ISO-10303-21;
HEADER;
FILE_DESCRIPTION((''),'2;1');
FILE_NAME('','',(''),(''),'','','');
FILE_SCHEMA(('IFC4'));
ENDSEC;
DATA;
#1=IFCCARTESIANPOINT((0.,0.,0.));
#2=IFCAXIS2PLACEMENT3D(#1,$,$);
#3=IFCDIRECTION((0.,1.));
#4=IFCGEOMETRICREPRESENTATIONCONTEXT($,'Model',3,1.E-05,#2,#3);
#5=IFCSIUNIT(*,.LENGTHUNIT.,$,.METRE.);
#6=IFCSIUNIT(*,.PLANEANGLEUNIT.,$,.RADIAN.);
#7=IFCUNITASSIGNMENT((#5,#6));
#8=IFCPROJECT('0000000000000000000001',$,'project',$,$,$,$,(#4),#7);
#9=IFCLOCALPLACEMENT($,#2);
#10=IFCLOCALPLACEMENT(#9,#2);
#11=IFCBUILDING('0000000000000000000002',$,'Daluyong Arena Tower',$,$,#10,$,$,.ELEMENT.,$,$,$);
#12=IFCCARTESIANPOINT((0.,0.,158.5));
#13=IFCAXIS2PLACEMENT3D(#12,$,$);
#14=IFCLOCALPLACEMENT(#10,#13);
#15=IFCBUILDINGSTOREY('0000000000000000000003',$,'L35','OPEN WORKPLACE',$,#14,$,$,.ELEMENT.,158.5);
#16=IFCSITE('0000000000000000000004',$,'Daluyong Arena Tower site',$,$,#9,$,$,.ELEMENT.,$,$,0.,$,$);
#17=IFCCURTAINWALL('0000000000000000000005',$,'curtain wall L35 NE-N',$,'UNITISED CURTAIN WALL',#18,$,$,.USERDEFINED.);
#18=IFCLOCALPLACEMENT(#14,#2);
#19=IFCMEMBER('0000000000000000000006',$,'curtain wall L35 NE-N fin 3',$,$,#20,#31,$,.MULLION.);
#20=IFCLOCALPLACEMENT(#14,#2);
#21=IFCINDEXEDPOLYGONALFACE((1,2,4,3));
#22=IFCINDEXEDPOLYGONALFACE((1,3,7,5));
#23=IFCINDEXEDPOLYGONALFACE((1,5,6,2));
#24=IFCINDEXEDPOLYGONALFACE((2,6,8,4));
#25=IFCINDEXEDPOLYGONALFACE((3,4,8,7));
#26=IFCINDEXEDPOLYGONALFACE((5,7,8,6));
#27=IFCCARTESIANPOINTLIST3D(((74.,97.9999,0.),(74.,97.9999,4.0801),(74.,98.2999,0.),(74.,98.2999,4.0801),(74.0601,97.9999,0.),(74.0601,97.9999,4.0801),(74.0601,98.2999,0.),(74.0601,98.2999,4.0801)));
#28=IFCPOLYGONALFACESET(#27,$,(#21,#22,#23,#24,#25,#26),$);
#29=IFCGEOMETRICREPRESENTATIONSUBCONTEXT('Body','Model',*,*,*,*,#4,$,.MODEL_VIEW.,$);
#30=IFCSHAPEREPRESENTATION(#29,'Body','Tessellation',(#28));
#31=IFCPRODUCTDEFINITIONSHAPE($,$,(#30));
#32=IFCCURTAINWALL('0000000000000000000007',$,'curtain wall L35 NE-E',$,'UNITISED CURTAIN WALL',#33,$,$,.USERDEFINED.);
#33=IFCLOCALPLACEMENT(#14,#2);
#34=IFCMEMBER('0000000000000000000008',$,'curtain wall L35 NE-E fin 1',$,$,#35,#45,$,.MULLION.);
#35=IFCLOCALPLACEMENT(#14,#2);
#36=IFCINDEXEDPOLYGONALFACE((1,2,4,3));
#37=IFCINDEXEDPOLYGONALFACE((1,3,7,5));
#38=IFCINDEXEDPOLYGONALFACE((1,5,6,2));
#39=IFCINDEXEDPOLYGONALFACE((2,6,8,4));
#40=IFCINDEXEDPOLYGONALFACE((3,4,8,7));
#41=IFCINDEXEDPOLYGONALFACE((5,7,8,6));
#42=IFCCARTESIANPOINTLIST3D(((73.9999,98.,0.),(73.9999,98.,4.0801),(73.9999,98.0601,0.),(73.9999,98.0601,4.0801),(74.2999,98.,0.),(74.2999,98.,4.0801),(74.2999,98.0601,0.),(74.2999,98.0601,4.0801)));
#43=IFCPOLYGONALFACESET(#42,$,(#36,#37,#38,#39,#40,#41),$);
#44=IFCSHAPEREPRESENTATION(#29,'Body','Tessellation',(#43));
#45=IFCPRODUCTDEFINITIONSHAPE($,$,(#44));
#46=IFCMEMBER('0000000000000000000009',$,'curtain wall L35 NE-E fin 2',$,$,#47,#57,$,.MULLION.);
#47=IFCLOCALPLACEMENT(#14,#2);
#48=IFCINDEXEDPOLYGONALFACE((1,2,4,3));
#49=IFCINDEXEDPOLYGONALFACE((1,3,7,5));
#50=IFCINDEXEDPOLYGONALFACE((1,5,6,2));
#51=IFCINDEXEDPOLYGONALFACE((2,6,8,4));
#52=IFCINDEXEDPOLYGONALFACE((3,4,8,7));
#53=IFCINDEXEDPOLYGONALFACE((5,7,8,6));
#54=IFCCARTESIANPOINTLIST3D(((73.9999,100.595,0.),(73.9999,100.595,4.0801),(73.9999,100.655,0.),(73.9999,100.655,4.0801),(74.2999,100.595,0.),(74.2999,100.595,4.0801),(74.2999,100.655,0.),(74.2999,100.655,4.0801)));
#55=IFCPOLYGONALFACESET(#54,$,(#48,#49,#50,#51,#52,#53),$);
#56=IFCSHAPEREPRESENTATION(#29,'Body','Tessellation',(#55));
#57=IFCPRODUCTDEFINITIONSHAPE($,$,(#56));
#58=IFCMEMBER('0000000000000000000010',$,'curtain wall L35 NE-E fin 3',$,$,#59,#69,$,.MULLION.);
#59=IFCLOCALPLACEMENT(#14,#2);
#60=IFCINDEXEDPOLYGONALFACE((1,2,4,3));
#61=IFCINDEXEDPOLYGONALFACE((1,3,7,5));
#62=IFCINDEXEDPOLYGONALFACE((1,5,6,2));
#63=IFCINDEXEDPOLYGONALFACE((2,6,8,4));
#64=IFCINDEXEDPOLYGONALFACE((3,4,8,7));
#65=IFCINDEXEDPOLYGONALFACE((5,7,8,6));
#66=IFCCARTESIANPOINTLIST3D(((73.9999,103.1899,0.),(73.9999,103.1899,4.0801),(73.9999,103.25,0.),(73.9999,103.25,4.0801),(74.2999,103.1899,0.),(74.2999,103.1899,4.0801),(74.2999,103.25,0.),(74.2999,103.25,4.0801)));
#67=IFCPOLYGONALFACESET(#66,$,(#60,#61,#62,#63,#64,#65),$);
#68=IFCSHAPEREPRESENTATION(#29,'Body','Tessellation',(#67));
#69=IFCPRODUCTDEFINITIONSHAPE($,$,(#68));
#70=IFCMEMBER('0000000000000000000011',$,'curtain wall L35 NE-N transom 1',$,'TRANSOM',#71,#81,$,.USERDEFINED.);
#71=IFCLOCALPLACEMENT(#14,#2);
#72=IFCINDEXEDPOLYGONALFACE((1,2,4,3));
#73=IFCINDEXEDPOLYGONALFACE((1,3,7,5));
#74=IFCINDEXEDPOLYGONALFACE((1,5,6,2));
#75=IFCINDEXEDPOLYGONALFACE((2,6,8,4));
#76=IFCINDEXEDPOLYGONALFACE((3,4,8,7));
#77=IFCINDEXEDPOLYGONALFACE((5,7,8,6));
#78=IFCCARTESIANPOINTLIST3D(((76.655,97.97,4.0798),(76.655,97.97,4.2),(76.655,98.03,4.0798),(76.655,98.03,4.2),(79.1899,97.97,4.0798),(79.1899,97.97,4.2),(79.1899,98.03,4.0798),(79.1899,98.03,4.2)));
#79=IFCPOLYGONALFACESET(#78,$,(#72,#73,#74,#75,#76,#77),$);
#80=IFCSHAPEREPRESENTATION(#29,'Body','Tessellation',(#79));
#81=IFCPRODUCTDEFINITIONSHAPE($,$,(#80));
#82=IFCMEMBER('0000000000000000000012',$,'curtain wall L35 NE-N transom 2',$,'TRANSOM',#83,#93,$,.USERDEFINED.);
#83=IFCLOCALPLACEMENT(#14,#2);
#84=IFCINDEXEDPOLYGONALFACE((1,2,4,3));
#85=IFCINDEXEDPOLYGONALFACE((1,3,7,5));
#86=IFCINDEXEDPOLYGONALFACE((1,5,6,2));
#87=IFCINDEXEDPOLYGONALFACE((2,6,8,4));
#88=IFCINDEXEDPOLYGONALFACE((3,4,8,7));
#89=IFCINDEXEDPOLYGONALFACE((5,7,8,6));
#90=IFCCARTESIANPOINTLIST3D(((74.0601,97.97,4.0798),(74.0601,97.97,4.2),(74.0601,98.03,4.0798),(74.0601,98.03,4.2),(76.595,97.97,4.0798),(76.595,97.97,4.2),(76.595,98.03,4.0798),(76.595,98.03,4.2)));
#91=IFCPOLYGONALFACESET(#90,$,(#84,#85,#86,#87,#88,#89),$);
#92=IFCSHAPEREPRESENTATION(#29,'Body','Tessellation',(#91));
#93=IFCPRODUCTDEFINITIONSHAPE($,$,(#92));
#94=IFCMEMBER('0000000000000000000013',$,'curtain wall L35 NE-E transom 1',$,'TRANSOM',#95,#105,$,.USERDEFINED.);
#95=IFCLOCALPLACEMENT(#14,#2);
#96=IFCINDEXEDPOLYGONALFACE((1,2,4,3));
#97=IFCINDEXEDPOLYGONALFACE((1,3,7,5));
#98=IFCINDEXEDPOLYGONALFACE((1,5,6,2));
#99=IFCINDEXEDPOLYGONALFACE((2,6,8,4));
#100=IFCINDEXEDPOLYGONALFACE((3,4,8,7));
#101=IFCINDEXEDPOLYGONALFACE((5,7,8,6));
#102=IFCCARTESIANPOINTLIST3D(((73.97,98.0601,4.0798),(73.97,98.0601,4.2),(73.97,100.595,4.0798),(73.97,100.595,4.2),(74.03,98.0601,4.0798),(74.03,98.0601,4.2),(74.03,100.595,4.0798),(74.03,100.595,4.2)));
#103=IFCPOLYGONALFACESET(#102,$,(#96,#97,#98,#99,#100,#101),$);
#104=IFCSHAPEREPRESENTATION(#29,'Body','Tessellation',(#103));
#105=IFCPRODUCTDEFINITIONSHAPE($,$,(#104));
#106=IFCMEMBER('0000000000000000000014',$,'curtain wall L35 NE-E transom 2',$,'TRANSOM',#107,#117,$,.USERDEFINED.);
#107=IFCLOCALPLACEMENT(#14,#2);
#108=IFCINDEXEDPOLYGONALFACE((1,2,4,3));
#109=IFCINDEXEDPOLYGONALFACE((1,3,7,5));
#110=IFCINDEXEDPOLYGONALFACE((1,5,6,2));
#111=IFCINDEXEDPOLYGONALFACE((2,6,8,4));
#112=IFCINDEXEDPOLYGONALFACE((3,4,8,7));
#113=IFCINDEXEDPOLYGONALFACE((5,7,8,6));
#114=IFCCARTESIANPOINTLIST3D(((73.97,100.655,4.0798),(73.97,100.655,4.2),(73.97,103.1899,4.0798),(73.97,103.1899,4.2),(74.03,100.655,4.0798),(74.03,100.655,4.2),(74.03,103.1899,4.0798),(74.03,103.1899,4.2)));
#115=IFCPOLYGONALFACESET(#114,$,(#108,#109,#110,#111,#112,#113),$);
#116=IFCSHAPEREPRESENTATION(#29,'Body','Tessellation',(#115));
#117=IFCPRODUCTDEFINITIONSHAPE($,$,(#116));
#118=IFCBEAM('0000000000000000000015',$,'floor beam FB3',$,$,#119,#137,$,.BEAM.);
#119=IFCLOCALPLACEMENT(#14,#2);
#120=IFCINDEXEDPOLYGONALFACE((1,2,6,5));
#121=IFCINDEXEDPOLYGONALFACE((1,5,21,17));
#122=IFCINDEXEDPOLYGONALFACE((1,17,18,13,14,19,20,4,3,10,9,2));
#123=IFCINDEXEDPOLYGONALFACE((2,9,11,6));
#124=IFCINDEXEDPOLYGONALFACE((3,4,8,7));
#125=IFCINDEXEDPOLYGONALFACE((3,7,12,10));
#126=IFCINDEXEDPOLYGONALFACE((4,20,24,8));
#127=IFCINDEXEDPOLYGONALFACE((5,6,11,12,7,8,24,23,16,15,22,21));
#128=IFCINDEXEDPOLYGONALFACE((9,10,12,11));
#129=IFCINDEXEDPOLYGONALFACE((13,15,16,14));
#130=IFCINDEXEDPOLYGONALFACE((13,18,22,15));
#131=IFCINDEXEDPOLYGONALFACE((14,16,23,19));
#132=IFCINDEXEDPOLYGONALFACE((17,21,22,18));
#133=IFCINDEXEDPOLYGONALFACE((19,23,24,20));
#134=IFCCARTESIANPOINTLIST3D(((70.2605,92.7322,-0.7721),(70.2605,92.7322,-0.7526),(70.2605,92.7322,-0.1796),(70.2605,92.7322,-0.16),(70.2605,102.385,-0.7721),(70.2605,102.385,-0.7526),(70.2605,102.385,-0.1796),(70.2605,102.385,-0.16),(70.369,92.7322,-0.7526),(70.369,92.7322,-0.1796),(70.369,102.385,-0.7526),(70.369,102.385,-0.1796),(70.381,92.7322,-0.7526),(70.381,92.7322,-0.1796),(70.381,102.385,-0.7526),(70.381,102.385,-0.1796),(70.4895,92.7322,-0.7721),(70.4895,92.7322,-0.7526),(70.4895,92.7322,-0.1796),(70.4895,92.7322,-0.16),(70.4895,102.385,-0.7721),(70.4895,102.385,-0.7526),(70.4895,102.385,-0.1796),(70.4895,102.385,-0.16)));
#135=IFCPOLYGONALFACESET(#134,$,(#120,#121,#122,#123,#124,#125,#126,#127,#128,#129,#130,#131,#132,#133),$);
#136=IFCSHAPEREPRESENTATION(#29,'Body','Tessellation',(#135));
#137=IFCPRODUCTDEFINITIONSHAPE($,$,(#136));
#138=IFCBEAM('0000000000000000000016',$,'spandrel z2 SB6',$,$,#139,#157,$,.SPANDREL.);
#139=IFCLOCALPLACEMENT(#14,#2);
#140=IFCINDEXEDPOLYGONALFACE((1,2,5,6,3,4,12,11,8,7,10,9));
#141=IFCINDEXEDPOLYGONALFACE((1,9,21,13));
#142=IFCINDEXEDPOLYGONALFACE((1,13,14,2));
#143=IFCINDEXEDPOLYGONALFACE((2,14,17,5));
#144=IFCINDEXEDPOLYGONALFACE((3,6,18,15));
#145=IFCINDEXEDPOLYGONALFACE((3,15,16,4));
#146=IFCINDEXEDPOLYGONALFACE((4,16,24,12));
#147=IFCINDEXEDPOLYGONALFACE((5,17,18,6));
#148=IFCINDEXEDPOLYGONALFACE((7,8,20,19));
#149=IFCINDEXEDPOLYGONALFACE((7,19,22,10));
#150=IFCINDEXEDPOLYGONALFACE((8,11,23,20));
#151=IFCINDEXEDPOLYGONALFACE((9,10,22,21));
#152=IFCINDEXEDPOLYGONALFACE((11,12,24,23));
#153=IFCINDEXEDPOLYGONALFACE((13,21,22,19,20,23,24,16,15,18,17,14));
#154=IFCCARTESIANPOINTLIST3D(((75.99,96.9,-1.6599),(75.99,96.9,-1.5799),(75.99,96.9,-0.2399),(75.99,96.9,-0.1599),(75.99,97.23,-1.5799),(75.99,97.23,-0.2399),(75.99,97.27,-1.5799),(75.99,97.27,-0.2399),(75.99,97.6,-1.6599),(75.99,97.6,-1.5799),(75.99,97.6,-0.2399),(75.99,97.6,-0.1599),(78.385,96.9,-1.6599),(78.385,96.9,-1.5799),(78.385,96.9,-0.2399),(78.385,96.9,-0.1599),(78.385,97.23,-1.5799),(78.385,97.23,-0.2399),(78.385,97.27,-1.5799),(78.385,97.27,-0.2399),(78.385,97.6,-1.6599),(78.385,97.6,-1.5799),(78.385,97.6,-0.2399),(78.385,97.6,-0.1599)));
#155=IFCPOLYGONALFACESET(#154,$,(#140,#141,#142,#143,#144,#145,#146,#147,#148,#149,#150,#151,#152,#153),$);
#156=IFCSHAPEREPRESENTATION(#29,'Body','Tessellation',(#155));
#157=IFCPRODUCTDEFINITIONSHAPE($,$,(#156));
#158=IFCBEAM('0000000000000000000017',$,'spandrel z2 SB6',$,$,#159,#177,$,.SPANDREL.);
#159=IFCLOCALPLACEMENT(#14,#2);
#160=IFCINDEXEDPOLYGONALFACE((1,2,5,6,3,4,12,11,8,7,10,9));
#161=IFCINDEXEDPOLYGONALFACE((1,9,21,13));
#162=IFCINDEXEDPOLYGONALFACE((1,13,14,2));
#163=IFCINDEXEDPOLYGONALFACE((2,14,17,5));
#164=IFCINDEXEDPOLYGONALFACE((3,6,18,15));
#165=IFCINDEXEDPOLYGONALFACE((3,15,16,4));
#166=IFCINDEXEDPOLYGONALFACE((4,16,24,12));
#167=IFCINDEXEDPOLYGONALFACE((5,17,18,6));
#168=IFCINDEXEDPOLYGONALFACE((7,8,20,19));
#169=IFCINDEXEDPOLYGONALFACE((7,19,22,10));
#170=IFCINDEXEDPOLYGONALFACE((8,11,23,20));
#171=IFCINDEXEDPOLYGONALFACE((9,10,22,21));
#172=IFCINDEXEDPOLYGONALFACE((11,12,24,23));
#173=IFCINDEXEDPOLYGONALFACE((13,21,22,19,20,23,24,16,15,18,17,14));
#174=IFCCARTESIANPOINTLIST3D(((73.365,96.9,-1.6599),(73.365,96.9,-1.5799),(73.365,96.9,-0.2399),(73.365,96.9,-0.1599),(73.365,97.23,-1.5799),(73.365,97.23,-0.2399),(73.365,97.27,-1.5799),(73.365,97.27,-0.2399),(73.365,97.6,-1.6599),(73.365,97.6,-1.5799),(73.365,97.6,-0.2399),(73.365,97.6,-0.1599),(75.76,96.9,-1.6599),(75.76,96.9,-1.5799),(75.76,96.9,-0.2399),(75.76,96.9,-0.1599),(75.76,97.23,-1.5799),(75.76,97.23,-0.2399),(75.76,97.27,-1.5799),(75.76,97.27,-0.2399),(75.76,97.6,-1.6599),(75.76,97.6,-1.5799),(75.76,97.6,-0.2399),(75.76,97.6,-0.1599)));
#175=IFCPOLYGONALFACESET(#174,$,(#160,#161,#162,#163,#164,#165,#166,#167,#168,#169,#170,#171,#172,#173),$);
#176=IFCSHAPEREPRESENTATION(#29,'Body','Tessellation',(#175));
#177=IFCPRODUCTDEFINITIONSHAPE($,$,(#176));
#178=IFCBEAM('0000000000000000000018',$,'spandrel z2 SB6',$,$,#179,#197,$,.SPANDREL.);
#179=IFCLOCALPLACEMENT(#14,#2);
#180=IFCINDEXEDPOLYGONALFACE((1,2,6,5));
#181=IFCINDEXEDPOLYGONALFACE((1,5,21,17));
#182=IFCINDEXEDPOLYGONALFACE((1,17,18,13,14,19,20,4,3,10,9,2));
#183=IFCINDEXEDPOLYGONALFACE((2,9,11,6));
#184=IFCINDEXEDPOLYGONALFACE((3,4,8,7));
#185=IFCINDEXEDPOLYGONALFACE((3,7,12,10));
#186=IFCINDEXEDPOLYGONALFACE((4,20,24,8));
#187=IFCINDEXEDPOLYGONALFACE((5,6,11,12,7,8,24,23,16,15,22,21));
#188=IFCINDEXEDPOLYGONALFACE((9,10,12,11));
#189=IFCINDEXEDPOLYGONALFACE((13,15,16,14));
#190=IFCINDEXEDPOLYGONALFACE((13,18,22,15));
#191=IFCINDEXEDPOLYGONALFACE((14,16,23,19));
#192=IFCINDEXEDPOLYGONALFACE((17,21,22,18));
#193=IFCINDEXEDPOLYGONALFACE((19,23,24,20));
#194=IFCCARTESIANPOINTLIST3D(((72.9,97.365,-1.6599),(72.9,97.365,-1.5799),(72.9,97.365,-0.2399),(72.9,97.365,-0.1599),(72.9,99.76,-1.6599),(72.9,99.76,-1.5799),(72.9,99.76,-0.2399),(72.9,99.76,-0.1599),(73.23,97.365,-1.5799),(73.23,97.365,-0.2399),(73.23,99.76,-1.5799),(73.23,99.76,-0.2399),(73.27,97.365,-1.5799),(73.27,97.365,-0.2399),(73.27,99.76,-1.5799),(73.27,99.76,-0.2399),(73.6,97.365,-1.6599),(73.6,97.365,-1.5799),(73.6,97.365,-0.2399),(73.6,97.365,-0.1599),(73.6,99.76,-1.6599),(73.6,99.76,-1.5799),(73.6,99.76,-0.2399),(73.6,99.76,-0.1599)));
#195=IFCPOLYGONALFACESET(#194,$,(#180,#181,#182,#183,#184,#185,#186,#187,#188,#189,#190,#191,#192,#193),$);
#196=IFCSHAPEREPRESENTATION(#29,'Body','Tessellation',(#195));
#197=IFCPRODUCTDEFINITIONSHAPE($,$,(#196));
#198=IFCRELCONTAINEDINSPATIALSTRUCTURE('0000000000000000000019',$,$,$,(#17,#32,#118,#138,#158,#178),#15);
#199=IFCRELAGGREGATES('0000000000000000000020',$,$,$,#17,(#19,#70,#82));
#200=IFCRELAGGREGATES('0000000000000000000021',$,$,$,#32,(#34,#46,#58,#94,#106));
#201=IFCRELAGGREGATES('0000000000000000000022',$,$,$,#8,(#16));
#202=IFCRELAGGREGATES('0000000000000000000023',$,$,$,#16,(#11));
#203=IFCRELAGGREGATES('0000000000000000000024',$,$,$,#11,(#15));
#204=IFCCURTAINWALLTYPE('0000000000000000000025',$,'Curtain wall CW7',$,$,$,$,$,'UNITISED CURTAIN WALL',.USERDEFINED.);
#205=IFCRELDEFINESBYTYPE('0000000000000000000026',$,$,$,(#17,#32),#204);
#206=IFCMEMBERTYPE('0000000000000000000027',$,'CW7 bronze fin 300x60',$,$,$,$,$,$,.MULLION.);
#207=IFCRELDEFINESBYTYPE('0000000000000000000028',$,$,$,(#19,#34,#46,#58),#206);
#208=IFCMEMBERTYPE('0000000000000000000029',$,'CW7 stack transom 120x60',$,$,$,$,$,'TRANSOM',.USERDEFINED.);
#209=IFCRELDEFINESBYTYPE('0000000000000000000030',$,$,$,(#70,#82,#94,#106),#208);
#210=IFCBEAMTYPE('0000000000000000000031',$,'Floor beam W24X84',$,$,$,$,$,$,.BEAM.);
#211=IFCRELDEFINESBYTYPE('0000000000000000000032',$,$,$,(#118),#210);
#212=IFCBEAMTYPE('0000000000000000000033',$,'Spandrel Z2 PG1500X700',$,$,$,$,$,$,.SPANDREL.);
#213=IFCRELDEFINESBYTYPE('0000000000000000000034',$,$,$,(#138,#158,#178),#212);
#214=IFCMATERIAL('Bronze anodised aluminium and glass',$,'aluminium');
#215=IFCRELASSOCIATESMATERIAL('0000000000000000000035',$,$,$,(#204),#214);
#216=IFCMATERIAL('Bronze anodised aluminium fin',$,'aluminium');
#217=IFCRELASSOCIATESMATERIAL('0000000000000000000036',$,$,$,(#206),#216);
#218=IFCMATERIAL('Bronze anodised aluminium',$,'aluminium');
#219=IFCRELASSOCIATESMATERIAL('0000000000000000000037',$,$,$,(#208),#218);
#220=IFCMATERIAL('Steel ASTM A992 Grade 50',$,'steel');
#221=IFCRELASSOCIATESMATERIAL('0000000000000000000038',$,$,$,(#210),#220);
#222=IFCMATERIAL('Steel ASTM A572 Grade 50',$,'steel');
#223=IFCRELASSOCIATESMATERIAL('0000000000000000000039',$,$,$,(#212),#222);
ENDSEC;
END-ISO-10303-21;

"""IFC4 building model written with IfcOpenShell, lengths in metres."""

from ifc_helpers import new_model, si_unit, direction, frame, origin, origin_2d, place, context, subcontext, project, spatial, rectangle, i_section, extrude, material, material_profile, profile_set, type_object, element, aggregate, save


model = new_model("IFC4")

# Units and contexts
model_context = context("Model", 3, precision=1e-05, world=origin(), true_north=direction((0.0, 1.0)))
body_context = subcontext(model_context, "Body", "Model", "MODEL_VIEW")
ifc_project = project(units=[si_unit("LENGTHUNIT", "METRE"), si_unit("PLANEANGLEUNIT", "RADIAN")], contexts=[model_context])

# Site, building, storey
site_placement = place(None, origin())
site = spatial("IfcSite", under=ifc_project, at=site_placement, Name="Daluyong Arena Tower site", CompositionType="ELEMENT", RefElevation=0.0)
building_placement = place(site_placement, origin())
building = spatial("IfcBuilding", under=site, at=building_placement, Name="Daluyong Arena Tower", CompositionType="ELEMENT")
storey_placement = place(building_placement, frame((0.0, 0.0, 158.5)))
storey = spatial("IfcBuildingStorey", under=building, at=storey_placement, Name="L35", Description="OPEN WORKPLACE", CompositionType="ELEMENT", Elevation=158.5)

# Curtain walls, members
ifc_material_1 = material(Name="Bronze anodised aluminium and glass", Category="aluminium")
curtain_wall_type_1 = type_object("IfcCurtainWallType", Name="Curtain wall CW7", ElementType="UNITISED CURTAIN WALL", PredefinedType="USERDEFINED", material=ifc_material_1)
curtain_wall_1_placement = place(storey_placement, origin())
curtain_wall_1 = element("IfcCurtainWall", 1, at=curtain_wall_1_placement, inside=storey, type_object=curtain_wall_type_1, Name="curtain wall L35 NE-N", ObjectType="UNITISED CURTAIN WALL", PredefinedType="USERDEFINED")
ifc_material_2 = material(Name="Bronze anodised aluminium fin", Category="aluminium")
ifc_material_profile_1 = material_profile(ifc_material_2, rectangle(XDim=0.3, YDim=0.0601, at=origin_2d()))
ifc_profile_set_1 = profile_set([ifc_material_profile_1], Name="Bronze anodised aluminium fin")
member_type_1 = type_object("IfcMemberType", Name="CW7 bronze fin 300x60", PredefinedType="MULLION", material=ifc_profile_set_1)
member_1_placement = place(storey_placement, frame((74.03, 98.1499, 0.0), z_axis=(0.0, 0.0, 1.0), x_axis=(0.0, -1.0, 0.0)))
member_1 = element("IfcMember", 2, at=member_1_placement, type_object=member_type_1, Name="curtain wall L35 NE-N fin 3", PredefinedType="MULLION", context=body_context, shape_type="SweptSolid", body=[
    extrude(rectangle(XDim=0.3, YDim=0.0601, at=origin_2d()), origin(), (0.0, 0.0, 1.0), 4.0801),
])
curtain_wall_2_placement = place(storey_placement, origin())
curtain_wall_2 = element("IfcCurtainWall", 3, at=curtain_wall_2_placement, inside=storey, type_object=curtain_wall_type_1, Name="curtain wall L35 NE-E", ObjectType="UNITISED CURTAIN WALL", PredefinedType="USERDEFINED")
member_2_placement = place(storey_placement, frame((74.1499, 98.03, 0.0), z_axis=(0.0, 0.0, 1.0), x_axis=(-1.0, 0.0, 0.0)))
member_2 = element("IfcMember", 4, at=member_2_placement, type_object=member_type_1, Name="curtain wall L35 NE-E fin 1", PredefinedType="MULLION", context=body_context, shape_type="SweptSolid", body=[
    extrude(rectangle(XDim=0.3, YDim=0.0601, at=origin_2d()), origin(), (0.0, 0.0, 1.0), 4.0801),
])
member_3_placement = place(storey_placement, frame((74.1499, 100.625, 0.0), z_axis=(0.0, 0.0, 1.0), x_axis=(-1.0, 0.0, 0.0)))
member_3 = element("IfcMember", 5, at=member_3_placement, type_object=member_type_1, Name="curtain wall L35 NE-E fin 2", PredefinedType="MULLION", context=body_context, shape_type="SweptSolid", body=[
    extrude(rectangle(XDim=0.3, YDim=0.0601, at=origin_2d()), origin(), (0.0, 0.0, 1.0), 4.0801),
])
member_4_placement = place(storey_placement, frame((74.1499, 103.22, 0.0), z_axis=(0.0, 0.0, 1.0), x_axis=(-1.0, 0.0, 0.0)))
member_4 = element("IfcMember", 6, at=member_4_placement, type_object=member_type_1, Name="curtain wall L35 NE-E fin 3", PredefinedType="MULLION", context=body_context, shape_type="SweptSolid", body=[
    extrude(rectangle(XDim=0.3, YDim=0.0601, at=origin_2d()), origin(), (0.0, 0.0, 1.0), 4.0801),
])

# Members
ifc_material_3 = material(Name="Bronze anodised aluminium", Category="aluminium")
ifc_material_profile_2 = material_profile(ifc_material_3, rectangle(XDim=0.0601, YDim=0.1201, at=origin_2d()))
ifc_profile_set_2 = profile_set([ifc_material_profile_2], Name="Bronze anodised aluminium")
member_type_2 = type_object("IfcMemberType", Name="CW7 stack transom 120x60", ElementType="TRANSOM", PredefinedType="USERDEFINED", material=ifc_profile_set_2)
member_5_placement = place(storey_placement, frame((79.1899, 98.0, 4.1399), z_axis=(-1.0, 0.0, 0.0), x_axis=(0.0, -1.0, 0.0)))
member_5 = element("IfcMember", 7, at=member_5_placement, type_object=member_type_2, Name="curtain wall L35 NE-N transom 1", ObjectType="TRANSOM", PredefinedType="USERDEFINED", context=body_context, shape_type="SweptSolid", body=[
    extrude(rectangle(XDim=0.0601, YDim=0.1201, at=origin_2d()), origin(), (0.0, 0.0, 1.0), 2.5349),
])
member_6_placement = place(storey_placement, frame((76.595, 98.0, 4.1399), z_axis=(-1.0, 0.0, 0.0), x_axis=(0.0, -1.0, 0.0)))
member_6 = element("IfcMember", 8, at=member_6_placement, type_object=member_type_2, Name="curtain wall L35 NE-N transom 2", ObjectType="TRANSOM", PredefinedType="USERDEFINED", context=body_context, shape_type="SweptSolid", body=[
    extrude(rectangle(XDim=0.0601, YDim=0.1201, at=origin_2d()), origin(), (0.0, 0.0, 1.0), 2.5349),
])
member_7_placement = place(storey_placement, frame((74.0, 98.0601, 4.1399), z_axis=(0.0, 1.0, 0.0), x_axis=(-1.0, 0.0, 0.0)))
member_7 = element("IfcMember", 9, at=member_7_placement, type_object=member_type_2, Name="curtain wall L35 NE-E transom 1", ObjectType="TRANSOM", PredefinedType="USERDEFINED", context=body_context, shape_type="SweptSolid", body=[
    extrude(rectangle(XDim=0.0601, YDim=0.1201, at=origin_2d()), origin(), (0.0, 0.0, 1.0), 2.5349),
])
member_8_placement = place(storey_placement, frame((74.0, 100.655, 4.1399), z_axis=(0.0, 1.0, 0.0), x_axis=(-1.0, 0.0, 0.0)))
member_8 = element("IfcMember", 10, at=member_8_placement, type_object=member_type_2, Name="curtain wall L35 NE-E transom 2", ObjectType="TRANSOM", PredefinedType="USERDEFINED", context=body_context, shape_type="SweptSolid", body=[
    extrude(rectangle(XDim=0.0601, YDim=0.1201, at=origin_2d()), origin(), (0.0, 0.0, 1.0), 2.5349),
])

# Beams
ifc_material_4 = material(Name="Steel ASTM A992 Grade 50", Category="steel")
ifc_material_profile_3 = material_profile(ifc_material_4, i_section(OverallWidth=0.229, OverallDepth=0.6121, WebThickness=0.012, FlangeThickness=0.0195, at=origin_2d()))
ifc_profile_set_3 = profile_set([ifc_material_profile_3], Name="Steel ASTM A992 Grade 50")
beam_type_1 = type_object("IfcBeamType", Name="Floor beam W24X84", PredefinedType="BEAM", material=ifc_profile_set_3)
beam_1_placement = place(storey_placement, frame((70.375, 102.385, -0.4661), z_axis=(0.0, -1.0, 0.0), x_axis=(1.0, 0.0, 0.0)))
element("IfcBeam", 11, at=beam_1_placement, inside=storey, type_object=beam_type_1, Name="floor beam FB3", PredefinedType="BEAM", context=body_context, shape_type="SweptSolid", body=[
    extrude(i_section(OverallWidth=0.229, OverallDepth=0.6121, WebThickness=0.012, FlangeThickness=0.0195, at=origin_2d()), origin(), (0.0, 0.0, 1.0), 9.6528),
])
ifc_material_5 = material(Name="Steel ASTM A572 Grade 50", Category="steel")
ifc_material_profile_4 = material_profile(ifc_material_5, i_section(OverallWidth=0.7, OverallDepth=1.5, WebThickness=0.04, FlangeThickness=0.08, at=origin_2d()))
ifc_profile_set_4 = profile_set([ifc_material_profile_4], Name="Steel ASTM A572 Grade 50")
beam_type_2 = type_object("IfcBeamType", Name="Spandrel Z2 PG1500X700", PredefinedType="SPANDREL", material=ifc_profile_set_4)
for number, where, z_axis, x_axis, name in (
    (12, (78.385, 97.25, -0.9099), (-1.0, 0.0, 0.0), (0.0, -1.0, 0.0), "spandrel z2 SB6"),
    (13, (75.76, 97.25, -0.9099), (-1.0, 0.0, 0.0), (0.0, -1.0, 0.0), "spandrel z2 SB6"),
    (14, (73.25, 97.365, -0.9099), (0.0, 1.0, 0.0), (-1.0, 0.0, 0.0), "spandrel z2 SB6"),
):
    element("IfcBeam", number, at=place(storey_placement, frame(where, z_axis=z_axis, x_axis=x_axis)), inside=storey, type_object=beam_type_2, Name=name, PredefinedType="SPANDREL", context=body_context, shape_type="SweptSolid", body=[
        extrude(i_section(OverallWidth=0.7, OverallDepth=1.5, WebThickness=0.04, FlangeThickness=0.08, at=origin_2d()), origin(), (0.0, 0.0, 1.0), 2.395),
    ])

aggregate(curtain_wall_1, [member_1, member_5, member_6])
aggregate(curtain_wall_2, [member_2, member_3, member_4, member_7, member_8])

save(model, "model.ifc")
